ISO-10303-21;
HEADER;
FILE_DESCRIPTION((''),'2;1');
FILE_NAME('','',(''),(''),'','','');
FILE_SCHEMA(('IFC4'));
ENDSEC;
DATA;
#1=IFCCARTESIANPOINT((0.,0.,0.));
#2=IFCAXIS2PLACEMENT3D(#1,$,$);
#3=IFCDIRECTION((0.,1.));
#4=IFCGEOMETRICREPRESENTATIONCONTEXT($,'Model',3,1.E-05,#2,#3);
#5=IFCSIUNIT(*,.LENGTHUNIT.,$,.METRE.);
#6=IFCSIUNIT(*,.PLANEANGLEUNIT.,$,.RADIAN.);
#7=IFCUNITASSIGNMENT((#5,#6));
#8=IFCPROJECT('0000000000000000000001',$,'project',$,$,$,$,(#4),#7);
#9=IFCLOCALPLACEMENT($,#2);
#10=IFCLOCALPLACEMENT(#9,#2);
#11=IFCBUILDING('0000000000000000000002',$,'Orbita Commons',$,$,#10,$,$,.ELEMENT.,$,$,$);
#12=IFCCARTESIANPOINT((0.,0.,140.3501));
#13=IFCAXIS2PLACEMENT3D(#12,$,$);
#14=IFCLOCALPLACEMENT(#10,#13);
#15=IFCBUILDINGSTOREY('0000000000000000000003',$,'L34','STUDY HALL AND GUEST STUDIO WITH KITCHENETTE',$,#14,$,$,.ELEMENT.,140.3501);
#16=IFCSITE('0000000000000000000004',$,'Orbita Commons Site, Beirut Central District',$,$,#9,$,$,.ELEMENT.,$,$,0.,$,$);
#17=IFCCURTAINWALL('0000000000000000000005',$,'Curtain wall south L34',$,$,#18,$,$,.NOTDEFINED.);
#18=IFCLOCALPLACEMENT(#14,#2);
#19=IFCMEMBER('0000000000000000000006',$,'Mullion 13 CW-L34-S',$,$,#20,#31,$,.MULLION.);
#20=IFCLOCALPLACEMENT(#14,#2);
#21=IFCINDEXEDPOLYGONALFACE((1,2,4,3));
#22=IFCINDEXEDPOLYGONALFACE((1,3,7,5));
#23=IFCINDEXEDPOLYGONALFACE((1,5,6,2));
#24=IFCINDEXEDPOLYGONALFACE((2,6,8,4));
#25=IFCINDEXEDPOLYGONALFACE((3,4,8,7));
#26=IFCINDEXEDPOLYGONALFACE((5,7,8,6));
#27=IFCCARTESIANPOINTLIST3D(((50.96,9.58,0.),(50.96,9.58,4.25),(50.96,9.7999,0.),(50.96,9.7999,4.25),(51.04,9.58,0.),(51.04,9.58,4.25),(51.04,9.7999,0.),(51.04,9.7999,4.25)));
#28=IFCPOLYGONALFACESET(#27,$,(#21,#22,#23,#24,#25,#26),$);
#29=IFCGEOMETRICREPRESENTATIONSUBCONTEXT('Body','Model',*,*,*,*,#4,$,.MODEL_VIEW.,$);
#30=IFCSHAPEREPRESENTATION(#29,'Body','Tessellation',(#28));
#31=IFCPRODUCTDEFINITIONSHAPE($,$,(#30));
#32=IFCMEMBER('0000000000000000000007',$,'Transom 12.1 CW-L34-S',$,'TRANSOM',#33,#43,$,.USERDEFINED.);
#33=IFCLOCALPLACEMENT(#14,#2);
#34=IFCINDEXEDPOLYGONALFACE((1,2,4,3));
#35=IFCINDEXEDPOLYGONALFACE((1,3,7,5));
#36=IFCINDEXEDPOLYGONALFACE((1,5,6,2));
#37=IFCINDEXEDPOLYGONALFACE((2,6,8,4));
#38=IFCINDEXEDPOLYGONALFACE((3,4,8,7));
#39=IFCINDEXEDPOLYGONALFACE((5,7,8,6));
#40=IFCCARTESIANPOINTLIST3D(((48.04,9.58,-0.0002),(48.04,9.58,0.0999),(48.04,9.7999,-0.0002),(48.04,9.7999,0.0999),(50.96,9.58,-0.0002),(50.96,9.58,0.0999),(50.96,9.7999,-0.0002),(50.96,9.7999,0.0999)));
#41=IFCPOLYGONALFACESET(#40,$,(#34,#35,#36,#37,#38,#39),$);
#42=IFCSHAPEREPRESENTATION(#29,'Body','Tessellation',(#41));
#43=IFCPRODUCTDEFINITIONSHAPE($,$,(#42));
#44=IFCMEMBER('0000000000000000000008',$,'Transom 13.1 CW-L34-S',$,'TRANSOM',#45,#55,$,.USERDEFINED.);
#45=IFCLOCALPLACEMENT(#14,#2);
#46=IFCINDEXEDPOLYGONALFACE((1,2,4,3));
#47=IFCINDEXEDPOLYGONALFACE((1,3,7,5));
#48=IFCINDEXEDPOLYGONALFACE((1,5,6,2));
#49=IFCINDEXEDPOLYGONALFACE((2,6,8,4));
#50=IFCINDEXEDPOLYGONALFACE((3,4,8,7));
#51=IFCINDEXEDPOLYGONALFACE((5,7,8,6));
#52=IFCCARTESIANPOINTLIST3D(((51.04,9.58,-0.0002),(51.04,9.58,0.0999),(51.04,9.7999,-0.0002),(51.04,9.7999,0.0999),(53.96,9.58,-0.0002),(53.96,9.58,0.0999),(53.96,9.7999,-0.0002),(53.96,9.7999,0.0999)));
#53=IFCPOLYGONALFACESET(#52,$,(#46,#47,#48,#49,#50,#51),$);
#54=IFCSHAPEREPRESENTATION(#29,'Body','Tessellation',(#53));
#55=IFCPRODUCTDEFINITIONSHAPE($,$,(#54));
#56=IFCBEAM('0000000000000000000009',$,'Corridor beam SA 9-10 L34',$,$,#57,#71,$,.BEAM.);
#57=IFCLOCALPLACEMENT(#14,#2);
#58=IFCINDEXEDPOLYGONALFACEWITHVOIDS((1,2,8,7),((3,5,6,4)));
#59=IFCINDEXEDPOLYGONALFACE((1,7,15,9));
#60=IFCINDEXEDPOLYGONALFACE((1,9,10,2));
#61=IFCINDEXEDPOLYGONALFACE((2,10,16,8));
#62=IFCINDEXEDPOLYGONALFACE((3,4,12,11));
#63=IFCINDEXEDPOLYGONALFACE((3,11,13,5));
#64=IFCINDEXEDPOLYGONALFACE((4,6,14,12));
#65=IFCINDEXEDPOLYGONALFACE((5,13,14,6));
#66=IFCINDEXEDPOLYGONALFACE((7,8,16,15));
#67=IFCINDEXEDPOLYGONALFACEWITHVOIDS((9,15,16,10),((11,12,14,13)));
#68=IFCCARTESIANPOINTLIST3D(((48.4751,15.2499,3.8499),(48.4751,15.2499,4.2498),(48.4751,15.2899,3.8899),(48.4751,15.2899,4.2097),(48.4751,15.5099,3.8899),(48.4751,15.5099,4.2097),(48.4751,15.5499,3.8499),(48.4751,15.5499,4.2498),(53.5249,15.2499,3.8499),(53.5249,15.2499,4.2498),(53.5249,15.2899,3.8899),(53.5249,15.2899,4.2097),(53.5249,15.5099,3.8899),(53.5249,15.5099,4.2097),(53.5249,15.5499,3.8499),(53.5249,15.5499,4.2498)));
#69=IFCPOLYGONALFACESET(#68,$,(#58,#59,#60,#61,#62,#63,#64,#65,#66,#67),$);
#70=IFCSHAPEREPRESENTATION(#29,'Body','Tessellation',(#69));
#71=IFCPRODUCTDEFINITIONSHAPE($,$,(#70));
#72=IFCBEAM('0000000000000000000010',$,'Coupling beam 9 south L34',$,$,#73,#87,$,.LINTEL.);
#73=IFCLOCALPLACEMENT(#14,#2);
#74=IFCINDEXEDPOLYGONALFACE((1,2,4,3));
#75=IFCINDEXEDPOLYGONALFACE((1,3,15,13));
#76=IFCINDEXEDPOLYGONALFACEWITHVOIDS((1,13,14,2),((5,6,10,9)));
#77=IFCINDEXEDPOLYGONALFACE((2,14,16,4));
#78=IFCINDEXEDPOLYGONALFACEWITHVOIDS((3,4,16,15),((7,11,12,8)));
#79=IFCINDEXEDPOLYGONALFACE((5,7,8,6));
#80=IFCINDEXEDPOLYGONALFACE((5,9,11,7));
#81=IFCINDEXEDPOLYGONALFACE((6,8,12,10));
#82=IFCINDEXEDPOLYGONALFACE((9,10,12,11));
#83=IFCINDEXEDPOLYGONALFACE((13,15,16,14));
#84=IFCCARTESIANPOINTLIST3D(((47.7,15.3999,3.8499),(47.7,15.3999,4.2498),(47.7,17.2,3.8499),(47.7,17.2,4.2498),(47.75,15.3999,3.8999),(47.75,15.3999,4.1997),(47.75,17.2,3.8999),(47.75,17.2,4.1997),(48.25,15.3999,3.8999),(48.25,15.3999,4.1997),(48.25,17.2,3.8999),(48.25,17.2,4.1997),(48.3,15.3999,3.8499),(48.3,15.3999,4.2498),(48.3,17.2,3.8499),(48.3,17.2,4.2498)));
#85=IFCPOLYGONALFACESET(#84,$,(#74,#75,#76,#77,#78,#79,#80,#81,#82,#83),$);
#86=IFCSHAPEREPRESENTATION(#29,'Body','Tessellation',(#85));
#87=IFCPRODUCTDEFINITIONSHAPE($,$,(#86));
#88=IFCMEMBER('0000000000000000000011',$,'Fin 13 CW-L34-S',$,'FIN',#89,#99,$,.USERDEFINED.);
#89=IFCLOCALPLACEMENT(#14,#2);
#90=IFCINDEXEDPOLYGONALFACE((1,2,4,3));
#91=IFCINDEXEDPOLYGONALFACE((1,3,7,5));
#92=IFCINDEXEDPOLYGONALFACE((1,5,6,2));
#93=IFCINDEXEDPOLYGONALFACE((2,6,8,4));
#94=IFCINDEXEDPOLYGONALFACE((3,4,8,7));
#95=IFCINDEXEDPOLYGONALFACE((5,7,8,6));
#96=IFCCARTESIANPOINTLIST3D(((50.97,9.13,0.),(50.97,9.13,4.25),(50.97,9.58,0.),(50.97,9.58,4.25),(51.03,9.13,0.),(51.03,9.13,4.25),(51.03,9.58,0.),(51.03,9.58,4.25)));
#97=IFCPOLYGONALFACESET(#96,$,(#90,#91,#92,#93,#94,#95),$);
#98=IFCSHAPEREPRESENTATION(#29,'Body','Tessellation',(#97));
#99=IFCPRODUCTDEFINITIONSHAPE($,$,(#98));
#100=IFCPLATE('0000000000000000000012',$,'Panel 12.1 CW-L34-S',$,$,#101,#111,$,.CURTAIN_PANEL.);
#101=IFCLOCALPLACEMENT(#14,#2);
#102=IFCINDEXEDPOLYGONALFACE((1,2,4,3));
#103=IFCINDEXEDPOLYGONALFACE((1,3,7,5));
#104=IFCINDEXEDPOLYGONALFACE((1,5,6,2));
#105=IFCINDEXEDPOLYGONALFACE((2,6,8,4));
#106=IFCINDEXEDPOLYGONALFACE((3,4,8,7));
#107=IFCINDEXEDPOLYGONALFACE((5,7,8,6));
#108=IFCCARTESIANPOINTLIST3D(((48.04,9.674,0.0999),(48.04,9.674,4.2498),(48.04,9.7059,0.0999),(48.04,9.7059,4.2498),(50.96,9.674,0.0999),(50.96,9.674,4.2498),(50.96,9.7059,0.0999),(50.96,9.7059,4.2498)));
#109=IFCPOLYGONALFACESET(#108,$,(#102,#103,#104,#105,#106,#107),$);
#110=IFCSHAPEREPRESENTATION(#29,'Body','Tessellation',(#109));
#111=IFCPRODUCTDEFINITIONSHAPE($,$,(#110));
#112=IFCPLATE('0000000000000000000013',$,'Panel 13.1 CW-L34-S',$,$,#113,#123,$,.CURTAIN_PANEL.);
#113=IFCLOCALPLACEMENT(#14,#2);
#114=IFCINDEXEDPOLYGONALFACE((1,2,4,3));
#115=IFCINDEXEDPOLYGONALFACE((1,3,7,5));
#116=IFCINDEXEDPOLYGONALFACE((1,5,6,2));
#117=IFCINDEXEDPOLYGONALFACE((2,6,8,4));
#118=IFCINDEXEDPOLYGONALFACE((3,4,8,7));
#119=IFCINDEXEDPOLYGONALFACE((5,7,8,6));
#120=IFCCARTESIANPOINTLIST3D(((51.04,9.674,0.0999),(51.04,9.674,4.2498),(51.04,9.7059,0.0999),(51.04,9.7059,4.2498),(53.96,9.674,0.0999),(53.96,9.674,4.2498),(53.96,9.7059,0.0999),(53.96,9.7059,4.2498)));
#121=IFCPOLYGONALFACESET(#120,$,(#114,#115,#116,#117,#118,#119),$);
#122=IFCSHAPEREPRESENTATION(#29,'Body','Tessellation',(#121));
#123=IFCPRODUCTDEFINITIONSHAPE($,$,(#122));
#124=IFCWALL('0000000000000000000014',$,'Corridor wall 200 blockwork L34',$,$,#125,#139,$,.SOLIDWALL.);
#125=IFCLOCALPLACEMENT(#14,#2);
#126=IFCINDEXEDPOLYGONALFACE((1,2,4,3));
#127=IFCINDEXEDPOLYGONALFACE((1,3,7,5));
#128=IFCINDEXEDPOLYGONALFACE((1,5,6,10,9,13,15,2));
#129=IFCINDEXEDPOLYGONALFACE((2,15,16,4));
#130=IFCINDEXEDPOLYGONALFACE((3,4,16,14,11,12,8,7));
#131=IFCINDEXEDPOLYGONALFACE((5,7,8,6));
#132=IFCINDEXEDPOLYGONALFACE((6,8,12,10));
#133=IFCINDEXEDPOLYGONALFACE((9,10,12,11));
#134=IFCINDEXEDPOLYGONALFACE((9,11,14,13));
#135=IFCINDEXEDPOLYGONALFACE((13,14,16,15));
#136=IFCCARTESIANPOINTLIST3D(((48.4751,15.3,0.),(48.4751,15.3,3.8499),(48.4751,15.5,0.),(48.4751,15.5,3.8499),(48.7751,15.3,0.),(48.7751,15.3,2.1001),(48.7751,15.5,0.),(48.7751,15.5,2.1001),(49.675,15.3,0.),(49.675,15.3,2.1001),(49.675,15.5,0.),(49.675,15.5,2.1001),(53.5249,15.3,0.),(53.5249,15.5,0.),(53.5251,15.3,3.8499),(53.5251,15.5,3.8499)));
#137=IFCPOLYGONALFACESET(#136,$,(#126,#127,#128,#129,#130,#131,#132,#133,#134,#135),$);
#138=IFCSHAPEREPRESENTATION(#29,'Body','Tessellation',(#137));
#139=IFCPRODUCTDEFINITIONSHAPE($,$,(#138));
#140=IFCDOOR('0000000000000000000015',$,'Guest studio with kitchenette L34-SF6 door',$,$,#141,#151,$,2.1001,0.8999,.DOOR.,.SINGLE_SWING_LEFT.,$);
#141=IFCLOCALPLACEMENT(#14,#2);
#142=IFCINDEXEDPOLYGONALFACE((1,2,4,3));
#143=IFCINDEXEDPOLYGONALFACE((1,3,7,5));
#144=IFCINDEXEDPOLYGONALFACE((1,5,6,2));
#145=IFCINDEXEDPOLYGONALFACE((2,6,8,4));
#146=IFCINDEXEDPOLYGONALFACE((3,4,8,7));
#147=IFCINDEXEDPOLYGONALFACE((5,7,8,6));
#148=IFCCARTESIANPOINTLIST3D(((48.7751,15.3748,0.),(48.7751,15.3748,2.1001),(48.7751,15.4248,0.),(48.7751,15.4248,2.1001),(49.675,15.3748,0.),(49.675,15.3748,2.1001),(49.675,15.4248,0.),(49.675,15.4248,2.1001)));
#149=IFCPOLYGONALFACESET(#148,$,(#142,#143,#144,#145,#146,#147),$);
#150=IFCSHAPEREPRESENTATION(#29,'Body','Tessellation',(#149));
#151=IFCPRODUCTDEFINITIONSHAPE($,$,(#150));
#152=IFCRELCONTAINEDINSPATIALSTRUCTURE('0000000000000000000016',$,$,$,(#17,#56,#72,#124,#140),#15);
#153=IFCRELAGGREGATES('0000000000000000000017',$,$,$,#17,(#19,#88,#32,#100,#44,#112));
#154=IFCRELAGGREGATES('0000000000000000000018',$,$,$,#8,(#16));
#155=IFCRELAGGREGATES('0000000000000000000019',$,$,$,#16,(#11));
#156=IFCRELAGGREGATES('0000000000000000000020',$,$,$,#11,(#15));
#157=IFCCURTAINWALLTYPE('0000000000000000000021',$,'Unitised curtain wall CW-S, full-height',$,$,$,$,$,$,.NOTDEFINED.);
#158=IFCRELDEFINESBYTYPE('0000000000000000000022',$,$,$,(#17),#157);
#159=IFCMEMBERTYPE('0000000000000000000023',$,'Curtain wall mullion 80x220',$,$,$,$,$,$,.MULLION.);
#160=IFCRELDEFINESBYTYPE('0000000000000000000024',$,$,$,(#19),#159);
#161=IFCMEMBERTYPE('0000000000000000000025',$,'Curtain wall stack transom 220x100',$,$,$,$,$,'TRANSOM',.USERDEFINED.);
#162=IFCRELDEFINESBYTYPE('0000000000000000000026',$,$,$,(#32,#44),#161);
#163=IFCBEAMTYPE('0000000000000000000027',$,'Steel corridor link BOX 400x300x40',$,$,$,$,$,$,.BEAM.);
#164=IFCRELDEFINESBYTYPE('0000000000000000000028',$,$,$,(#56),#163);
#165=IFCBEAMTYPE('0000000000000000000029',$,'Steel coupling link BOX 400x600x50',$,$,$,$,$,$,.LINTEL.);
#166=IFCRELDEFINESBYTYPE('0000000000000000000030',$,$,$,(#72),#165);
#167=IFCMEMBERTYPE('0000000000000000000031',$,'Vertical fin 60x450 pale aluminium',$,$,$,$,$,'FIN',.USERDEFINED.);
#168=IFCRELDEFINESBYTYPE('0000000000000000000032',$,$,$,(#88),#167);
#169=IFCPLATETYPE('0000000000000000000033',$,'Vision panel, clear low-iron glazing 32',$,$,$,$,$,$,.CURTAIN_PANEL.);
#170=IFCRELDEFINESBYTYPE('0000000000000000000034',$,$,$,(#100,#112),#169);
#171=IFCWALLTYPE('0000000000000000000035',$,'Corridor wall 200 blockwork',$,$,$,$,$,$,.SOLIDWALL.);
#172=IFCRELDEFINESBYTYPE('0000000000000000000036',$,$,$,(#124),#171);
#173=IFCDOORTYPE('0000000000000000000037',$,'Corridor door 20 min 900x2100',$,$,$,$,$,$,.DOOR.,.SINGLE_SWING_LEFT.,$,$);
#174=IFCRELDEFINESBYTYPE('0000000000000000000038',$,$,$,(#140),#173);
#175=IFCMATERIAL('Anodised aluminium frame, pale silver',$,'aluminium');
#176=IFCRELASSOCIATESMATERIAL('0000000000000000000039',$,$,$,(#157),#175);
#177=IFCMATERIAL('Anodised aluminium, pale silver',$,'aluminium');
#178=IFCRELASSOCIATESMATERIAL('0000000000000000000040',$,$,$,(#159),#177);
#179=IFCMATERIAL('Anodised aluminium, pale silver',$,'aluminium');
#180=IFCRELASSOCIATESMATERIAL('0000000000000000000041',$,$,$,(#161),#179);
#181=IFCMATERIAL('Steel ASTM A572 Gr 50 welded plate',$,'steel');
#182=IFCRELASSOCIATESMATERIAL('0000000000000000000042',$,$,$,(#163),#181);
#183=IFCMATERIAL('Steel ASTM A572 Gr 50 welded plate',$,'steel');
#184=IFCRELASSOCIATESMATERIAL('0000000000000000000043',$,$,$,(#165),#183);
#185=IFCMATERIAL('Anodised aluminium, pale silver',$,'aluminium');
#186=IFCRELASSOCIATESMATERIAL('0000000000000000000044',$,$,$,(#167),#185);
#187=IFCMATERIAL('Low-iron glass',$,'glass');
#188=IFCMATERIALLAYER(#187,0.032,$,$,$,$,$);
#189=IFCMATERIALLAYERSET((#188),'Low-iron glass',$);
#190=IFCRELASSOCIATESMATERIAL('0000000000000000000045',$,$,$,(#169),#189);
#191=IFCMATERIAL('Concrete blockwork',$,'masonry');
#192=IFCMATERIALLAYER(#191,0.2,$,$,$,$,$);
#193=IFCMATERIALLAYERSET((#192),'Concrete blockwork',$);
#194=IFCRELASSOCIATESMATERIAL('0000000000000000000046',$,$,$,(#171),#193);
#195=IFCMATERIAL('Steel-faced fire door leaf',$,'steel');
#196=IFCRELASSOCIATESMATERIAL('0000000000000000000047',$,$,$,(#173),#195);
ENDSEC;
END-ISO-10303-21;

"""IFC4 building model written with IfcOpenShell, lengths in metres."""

from ifc_helpers import new_model, si_unit, direction, frame, frame_2d, origin, origin_2d, place, context, subcontext, project, spatial, polyline, rectangle, hollow_rectangle, outline, extrude, material, layer, layer_set, material_profile, profile_set, type_object, element, fill, aggregate, save


model = new_model("IFC4")

# Units and contexts
model_context = context("Model", 3, precision=1e-05, world=origin(), true_north=direction((0.0, 1.0)))
body_context = subcontext(model_context, "Body", "Model", "MODEL_VIEW")
ifc_project = project(units=[si_unit("LENGTHUNIT", "METRE"), si_unit("PLANEANGLEUNIT", "RADIAN")], contexts=[model_context])

# Site, building, storey
site_placement = place(None, origin())
site = spatial("IfcSite", under=ifc_project, at=site_placement, Name="Orbita Commons Site, Beirut Central District", CompositionType="ELEMENT", RefElevation=0.0)
building_placement = place(site_placement, origin())
building = spatial("IfcBuilding", under=site, at=building_placement, Name="Orbita Commons", CompositionType="ELEMENT")
storey_placement = place(building_placement, frame((0.0, 0.0, 140.3501)))
storey = spatial("IfcBuildingStorey", under=building, at=storey_placement, Name="L34", Description="STUDY HALL AND GUEST STUDIO WITH KITCHENETTE", CompositionType="ELEMENT", Elevation=140.3501)

# Curtain wall, members
ifc_material_1 = material(Name="Anodised aluminium frame, pale silver", Category="aluminium")
curtain_wall_type = type_object("IfcCurtainWallType", Name="Unitised curtain wall CW-S, full-height", PredefinedType="NOTDEFINED", material=ifc_material_1)
curtain_wall_placement = place(storey_placement, origin())
curtain_wall = element("IfcCurtainWall", 1, at=curtain_wall_placement, inside=storey, type_object=curtain_wall_type, Name="Curtain wall south L34", PredefinedType="NOTDEFINED")
ifc_material_2 = material(Name="Anodised aluminium, pale silver", Category="aluminium")
ifc_material_profile_1 = material_profile(ifc_material_2, rectangle(XDim=0.0801, YDim=0.22, at=origin_2d()), Name="AL 80x220")
ifc_profile_set_1 = profile_set([ifc_material_profile_1], Name="Anodised aluminium, pale silver")
member_type_1 = type_object("IfcMemberType", Name="Curtain wall mullion 80x220", PredefinedType="MULLION", material=ifc_profile_set_1)
member_1_placement = place(storey_placement, frame((51.0, 9.6899, 0.0), z_axis=(0.0, 0.0, 1.0), x_axis=(1.0, 0.0, 0.0)))
member_1 = element("IfcMember", 2, at=member_1_placement, type_object=member_type_1, Name="Mullion 13 CW-L34-S", PredefinedType="MULLION", context=body_context, shape_type="SweptSolid", body=[
    extrude(rectangle(XDim=0.0801, YDim=0.22, at=origin_2d()), origin(), (0.0, 0.0, 1.0), 4.25),
])
ifc_material_3 = material(Name="Anodised aluminium, pale silver", Category="aluminium")
ifc_material_profile_2 = material_profile(ifc_material_3, rectangle(XDim=0.22, YDim=0.1001, at=origin_2d()), Name="AL 220x100")
ifc_profile_set_2 = profile_set([ifc_material_profile_2], Name="Anodised aluminium, pale silver")
member_type_2 = type_object("IfcMemberType", Name="Curtain wall stack transom 220x100", ElementType="TRANSOM", PredefinedType="USERDEFINED", material=ifc_profile_set_2)
member_2_placement = place(storey_placement, frame((48.04, 9.6899, 0.0498), z_axis=(1.0, 0.0, 0.0), x_axis=(0.0, 1.0, 0.0)))
member_2 = element("IfcMember", 3, at=member_2_placement, type_object=member_type_2, Name="Transom 12.1 CW-L34-S", ObjectType="TRANSOM", PredefinedType="USERDEFINED", context=body_context, shape_type="SweptSolid", body=[
    extrude(rectangle(XDim=0.22, YDim=0.1001, at=origin_2d()), origin(), (0.0, 0.0, 1.0), 2.9199),
])
member_3_placement = place(storey_placement, frame((51.04, 9.6899, 0.0498), z_axis=(1.0, 0.0, 0.0), x_axis=(0.0, 1.0, 0.0)))
member_3 = element("IfcMember", 4, at=member_3_placement, type_object=member_type_2, Name="Transom 13.1 CW-L34-S", ObjectType="TRANSOM", PredefinedType="USERDEFINED", context=body_context, shape_type="SweptSolid", body=[
    extrude(rectangle(XDim=0.22, YDim=0.1001, at=origin_2d()), origin(), (0.0, 0.0, 1.0), 2.9199),
])

# Beams
ifc_material_4 = material(Name="Steel ASTM A572 Gr 50 welded plate", Category="steel")
ifc_material_profile_3 = material_profile(ifc_material_4, hollow_rectangle(XDim=0.3, YDim=0.3999, WallThickness=0.04, at=origin_2d()), Name="BOX 400x300x40")
ifc_profile_set_3 = profile_set([ifc_material_profile_3], Name="Steel ASTM A572 Gr 50 welded plate")
beam_type_1 = type_object("IfcBeamType", Name="Steel corridor link BOX 400x300x40", PredefinedType="BEAM", material=ifc_profile_set_3)
beam_1_placement = place(storey_placement, frame((48.4751, 15.3999, 4.0498), z_axis=(1.0, 0.0, 0.0), x_axis=(0.0, 1.0, 0.0)))
element("IfcBeam", 5, at=beam_1_placement, inside=storey, type_object=beam_type_1, Name="Corridor beam SA 9-10 L34", PredefinedType="BEAM", context=body_context, shape_type="SweptSolid", body=[
    extrude(hollow_rectangle(XDim=0.3, YDim=0.3999, WallThickness=0.04, at=origin_2d()), origin(), (0.0, 0.0, 1.0), 5.0498),
])
ifc_material_5 = material(Name="Steel ASTM A572 Gr 50 welded plate", Category="steel")
ifc_material_profile_4 = material_profile(ifc_material_5, hollow_rectangle(XDim=0.6001, YDim=0.3999, WallThickness=0.05, at=origin_2d()), Name="BOX 400x600x50")
ifc_profile_set_4 = profile_set([ifc_material_profile_4], Name="Steel ASTM A572 Gr 50 welded plate")
beam_type_2 = type_object("IfcBeamType", Name="Steel coupling link BOX 400x600x50", PredefinedType="LINTEL", material=ifc_profile_set_4)
beam_2_placement = place(storey_placement, frame((48.0, 15.3999, 4.0498), z_axis=(0.0, 1.0, 0.0), x_axis=(-1.0, 0.0, 0.0)))
element("IfcBeam", 6, at=beam_2_placement, inside=storey, type_object=beam_type_2, Name="Coupling beam 9 south L34", PredefinedType="LINTEL", context=body_context, shape_type="SweptSolid", body=[
    extrude(hollow_rectangle(XDim=0.6001, YDim=0.3999, WallThickness=0.05, at=origin_2d()), origin(), (0.0, 0.0, 1.0), 1.8),
])

# Member
ifc_material_6 = material(Name="Anodised aluminium, pale silver", Category="aluminium")
ifc_material_profile_5 = material_profile(ifc_material_6, rectangle(XDim=0.0601, YDim=0.45, at=origin_2d()), Name="FIN 60x450")
ifc_profile_set_5 = profile_set([ifc_material_profile_5], Name="Anodised aluminium, pale silver")
member_type_3 = type_object("IfcMemberType", Name="Vertical fin 60x450 pale aluminium", ElementType="FIN", PredefinedType="USERDEFINED", material=ifc_profile_set_5)
member_4_placement = place(storey_placement, frame((51.0, 9.355, 0.0), z_axis=(0.0, 0.0, 1.0), x_axis=(1.0, 0.0, 0.0)))
member_4 = element("IfcMember", 7, at=member_4_placement, type_object=member_type_3, Name="Fin 13 CW-L34-S", ObjectType="FIN", PredefinedType="USERDEFINED", context=body_context, shape_type="SweptSolid", body=[
    extrude(rectangle(XDim=0.0601, YDim=0.45, at=origin_2d()), origin(), (0.0, 0.0, 1.0), 4.25),
])

# Plates
ifc_material_7 = material(Name="Low-iron glass", Category="glass")
ifc_layer_1 = layer(ifc_material_7, 0.032)
ifc_layer_set_1 = layer_set([ifc_layer_1], Name="Low-iron glass")
plate_type = type_object("IfcPlateType", Name="Vision panel, clear low-iron glazing 32", PredefinedType="CURTAIN_PANEL", material=ifc_layer_set_1)
plate_1_placement = place(storey_placement, frame((49.5, 9.6899, 0.0999), z_axis=(0.0, 0.0, 1.0), x_axis=(1.0, 0.0, 0.0)))
plate_1 = element("IfcPlate", 8, at=plate_1_placement, type_object=plate_type, Name="Panel 12.1 CW-L34-S", PredefinedType="CURTAIN_PANEL", context=body_context, shape_type="SweptSolid", body=[
    extrude(rectangle(XDim=2.9199, YDim=0.032, at=origin_2d()), origin(), (0.0, 0.0, 1.0), 4.1499),
])
plate_2_placement = place(storey_placement, frame((52.5, 9.6899, 0.0999), z_axis=(0.0, 0.0, 1.0), x_axis=(1.0, 0.0, 0.0)))
plate_2 = element("IfcPlate", 9, at=plate_2_placement, type_object=plate_type, Name="Panel 13.1 CW-L34-S", PredefinedType="CURTAIN_PANEL", context=body_context, shape_type="SweptSolid", body=[
    extrude(rectangle(XDim=2.9199, YDim=0.032, at=origin_2d()), origin(), (0.0, 0.0, 1.0), 4.1499),
])
aggregate(curtain_wall, [member_1, member_4, member_2, plate_1, member_3, plate_2])

# Wall, opening, door
ifc_material_8 = material(Name="Concrete blockwork", Category="masonry")
ifc_layer_2 = layer(ifc_material_8, 0.2)
ifc_layer_set_2 = layer_set([ifc_layer_2], Name="Concrete blockwork")
wall_type_1 = type_object("IfcWallType", Name="Corridor wall 200 blockwork", PredefinedType="SOLIDWALL", material=ifc_layer_set_2)
wall_1_placement = place(storey_placement, frame((48.4751, 15.3999, 0.0), z_axis=(0.0, 0.0, 1.0), x_axis=(1.0, 0.0, 0.0)))
wall_1 = element("IfcWall", 10, at=wall_1_placement, inside=storey, type_object=wall_type_1, Name="Corridor wall 200 blockwork L34", PredefinedType="SOLIDWALL", context=body_context, shape_type="SweptSolid", body=[
    extrude(outline(polyline([(0.0, 0.0), (5.0498, 0.0), (5.05, 3.8499), (0.0, 3.8499), (0.0, 0.0)])), frame((0.0, 0.1001, 0.0), z_axis=(0.0, -1.0, 0.0), x_axis=(1.0, 0.0, 0.0)), (0.0, 0.0, 1.0), 0.2),
])
opening_1_placement = place(wall_1_placement, frame((0.3, 0.0, 0.0)))
opening_1 = element("IfcOpeningElement", 11, at=opening_1_placement, cuts=wall_1, PredefinedType="OPENING", context=body_context, shape_type="SweptSolid", body=[
    extrude(rectangle(XDim=0.8999, YDim=2.1001, at=frame_2d((0.45, 1.05))), frame((0.0, 0.1099, 0.0), z_axis=(0.0, -1.0, 0.0), x_axis=(1.0, 0.0, 0.0)), (0.0, 0.0, 1.0), 0.22),
])
ifc_material_9 = material(Name="Steel-faced fire door leaf", Category="steel")
door_type = type_object("IfcDoorType", Name="Corridor door 20 min 900x2100", OperationType="SINGLE_SWING_LEFT", PredefinedType="DOOR", material=ifc_material_9)
door_1_placement = place(opening_1_placement, origin())
door_1 = element("IfcDoor", 12, at=door_1_placement, inside=storey, type_object=door_type, Name="Guest studio with kitchenette L34-SF6 door", OperationType="SINGLE_SWING_LEFT", OverallHeight=2.1001, OverallWidth=0.8999, PredefinedType="DOOR", context=body_context, shape_type="SweptSolid", body=[
    extrude(rectangle(XDim=0.8999, YDim=2.1001, at=frame_2d((0.45, 1.05))), frame((0.0, 0.0249, 0.0), z_axis=(0.0, -1.0, 0.0), x_axis=(1.0, 0.0, 0.0)), (0.0, 0.0, 1.0), 0.05),
])
fill(opening_1, door_1)

save(model, "model.ifc")
